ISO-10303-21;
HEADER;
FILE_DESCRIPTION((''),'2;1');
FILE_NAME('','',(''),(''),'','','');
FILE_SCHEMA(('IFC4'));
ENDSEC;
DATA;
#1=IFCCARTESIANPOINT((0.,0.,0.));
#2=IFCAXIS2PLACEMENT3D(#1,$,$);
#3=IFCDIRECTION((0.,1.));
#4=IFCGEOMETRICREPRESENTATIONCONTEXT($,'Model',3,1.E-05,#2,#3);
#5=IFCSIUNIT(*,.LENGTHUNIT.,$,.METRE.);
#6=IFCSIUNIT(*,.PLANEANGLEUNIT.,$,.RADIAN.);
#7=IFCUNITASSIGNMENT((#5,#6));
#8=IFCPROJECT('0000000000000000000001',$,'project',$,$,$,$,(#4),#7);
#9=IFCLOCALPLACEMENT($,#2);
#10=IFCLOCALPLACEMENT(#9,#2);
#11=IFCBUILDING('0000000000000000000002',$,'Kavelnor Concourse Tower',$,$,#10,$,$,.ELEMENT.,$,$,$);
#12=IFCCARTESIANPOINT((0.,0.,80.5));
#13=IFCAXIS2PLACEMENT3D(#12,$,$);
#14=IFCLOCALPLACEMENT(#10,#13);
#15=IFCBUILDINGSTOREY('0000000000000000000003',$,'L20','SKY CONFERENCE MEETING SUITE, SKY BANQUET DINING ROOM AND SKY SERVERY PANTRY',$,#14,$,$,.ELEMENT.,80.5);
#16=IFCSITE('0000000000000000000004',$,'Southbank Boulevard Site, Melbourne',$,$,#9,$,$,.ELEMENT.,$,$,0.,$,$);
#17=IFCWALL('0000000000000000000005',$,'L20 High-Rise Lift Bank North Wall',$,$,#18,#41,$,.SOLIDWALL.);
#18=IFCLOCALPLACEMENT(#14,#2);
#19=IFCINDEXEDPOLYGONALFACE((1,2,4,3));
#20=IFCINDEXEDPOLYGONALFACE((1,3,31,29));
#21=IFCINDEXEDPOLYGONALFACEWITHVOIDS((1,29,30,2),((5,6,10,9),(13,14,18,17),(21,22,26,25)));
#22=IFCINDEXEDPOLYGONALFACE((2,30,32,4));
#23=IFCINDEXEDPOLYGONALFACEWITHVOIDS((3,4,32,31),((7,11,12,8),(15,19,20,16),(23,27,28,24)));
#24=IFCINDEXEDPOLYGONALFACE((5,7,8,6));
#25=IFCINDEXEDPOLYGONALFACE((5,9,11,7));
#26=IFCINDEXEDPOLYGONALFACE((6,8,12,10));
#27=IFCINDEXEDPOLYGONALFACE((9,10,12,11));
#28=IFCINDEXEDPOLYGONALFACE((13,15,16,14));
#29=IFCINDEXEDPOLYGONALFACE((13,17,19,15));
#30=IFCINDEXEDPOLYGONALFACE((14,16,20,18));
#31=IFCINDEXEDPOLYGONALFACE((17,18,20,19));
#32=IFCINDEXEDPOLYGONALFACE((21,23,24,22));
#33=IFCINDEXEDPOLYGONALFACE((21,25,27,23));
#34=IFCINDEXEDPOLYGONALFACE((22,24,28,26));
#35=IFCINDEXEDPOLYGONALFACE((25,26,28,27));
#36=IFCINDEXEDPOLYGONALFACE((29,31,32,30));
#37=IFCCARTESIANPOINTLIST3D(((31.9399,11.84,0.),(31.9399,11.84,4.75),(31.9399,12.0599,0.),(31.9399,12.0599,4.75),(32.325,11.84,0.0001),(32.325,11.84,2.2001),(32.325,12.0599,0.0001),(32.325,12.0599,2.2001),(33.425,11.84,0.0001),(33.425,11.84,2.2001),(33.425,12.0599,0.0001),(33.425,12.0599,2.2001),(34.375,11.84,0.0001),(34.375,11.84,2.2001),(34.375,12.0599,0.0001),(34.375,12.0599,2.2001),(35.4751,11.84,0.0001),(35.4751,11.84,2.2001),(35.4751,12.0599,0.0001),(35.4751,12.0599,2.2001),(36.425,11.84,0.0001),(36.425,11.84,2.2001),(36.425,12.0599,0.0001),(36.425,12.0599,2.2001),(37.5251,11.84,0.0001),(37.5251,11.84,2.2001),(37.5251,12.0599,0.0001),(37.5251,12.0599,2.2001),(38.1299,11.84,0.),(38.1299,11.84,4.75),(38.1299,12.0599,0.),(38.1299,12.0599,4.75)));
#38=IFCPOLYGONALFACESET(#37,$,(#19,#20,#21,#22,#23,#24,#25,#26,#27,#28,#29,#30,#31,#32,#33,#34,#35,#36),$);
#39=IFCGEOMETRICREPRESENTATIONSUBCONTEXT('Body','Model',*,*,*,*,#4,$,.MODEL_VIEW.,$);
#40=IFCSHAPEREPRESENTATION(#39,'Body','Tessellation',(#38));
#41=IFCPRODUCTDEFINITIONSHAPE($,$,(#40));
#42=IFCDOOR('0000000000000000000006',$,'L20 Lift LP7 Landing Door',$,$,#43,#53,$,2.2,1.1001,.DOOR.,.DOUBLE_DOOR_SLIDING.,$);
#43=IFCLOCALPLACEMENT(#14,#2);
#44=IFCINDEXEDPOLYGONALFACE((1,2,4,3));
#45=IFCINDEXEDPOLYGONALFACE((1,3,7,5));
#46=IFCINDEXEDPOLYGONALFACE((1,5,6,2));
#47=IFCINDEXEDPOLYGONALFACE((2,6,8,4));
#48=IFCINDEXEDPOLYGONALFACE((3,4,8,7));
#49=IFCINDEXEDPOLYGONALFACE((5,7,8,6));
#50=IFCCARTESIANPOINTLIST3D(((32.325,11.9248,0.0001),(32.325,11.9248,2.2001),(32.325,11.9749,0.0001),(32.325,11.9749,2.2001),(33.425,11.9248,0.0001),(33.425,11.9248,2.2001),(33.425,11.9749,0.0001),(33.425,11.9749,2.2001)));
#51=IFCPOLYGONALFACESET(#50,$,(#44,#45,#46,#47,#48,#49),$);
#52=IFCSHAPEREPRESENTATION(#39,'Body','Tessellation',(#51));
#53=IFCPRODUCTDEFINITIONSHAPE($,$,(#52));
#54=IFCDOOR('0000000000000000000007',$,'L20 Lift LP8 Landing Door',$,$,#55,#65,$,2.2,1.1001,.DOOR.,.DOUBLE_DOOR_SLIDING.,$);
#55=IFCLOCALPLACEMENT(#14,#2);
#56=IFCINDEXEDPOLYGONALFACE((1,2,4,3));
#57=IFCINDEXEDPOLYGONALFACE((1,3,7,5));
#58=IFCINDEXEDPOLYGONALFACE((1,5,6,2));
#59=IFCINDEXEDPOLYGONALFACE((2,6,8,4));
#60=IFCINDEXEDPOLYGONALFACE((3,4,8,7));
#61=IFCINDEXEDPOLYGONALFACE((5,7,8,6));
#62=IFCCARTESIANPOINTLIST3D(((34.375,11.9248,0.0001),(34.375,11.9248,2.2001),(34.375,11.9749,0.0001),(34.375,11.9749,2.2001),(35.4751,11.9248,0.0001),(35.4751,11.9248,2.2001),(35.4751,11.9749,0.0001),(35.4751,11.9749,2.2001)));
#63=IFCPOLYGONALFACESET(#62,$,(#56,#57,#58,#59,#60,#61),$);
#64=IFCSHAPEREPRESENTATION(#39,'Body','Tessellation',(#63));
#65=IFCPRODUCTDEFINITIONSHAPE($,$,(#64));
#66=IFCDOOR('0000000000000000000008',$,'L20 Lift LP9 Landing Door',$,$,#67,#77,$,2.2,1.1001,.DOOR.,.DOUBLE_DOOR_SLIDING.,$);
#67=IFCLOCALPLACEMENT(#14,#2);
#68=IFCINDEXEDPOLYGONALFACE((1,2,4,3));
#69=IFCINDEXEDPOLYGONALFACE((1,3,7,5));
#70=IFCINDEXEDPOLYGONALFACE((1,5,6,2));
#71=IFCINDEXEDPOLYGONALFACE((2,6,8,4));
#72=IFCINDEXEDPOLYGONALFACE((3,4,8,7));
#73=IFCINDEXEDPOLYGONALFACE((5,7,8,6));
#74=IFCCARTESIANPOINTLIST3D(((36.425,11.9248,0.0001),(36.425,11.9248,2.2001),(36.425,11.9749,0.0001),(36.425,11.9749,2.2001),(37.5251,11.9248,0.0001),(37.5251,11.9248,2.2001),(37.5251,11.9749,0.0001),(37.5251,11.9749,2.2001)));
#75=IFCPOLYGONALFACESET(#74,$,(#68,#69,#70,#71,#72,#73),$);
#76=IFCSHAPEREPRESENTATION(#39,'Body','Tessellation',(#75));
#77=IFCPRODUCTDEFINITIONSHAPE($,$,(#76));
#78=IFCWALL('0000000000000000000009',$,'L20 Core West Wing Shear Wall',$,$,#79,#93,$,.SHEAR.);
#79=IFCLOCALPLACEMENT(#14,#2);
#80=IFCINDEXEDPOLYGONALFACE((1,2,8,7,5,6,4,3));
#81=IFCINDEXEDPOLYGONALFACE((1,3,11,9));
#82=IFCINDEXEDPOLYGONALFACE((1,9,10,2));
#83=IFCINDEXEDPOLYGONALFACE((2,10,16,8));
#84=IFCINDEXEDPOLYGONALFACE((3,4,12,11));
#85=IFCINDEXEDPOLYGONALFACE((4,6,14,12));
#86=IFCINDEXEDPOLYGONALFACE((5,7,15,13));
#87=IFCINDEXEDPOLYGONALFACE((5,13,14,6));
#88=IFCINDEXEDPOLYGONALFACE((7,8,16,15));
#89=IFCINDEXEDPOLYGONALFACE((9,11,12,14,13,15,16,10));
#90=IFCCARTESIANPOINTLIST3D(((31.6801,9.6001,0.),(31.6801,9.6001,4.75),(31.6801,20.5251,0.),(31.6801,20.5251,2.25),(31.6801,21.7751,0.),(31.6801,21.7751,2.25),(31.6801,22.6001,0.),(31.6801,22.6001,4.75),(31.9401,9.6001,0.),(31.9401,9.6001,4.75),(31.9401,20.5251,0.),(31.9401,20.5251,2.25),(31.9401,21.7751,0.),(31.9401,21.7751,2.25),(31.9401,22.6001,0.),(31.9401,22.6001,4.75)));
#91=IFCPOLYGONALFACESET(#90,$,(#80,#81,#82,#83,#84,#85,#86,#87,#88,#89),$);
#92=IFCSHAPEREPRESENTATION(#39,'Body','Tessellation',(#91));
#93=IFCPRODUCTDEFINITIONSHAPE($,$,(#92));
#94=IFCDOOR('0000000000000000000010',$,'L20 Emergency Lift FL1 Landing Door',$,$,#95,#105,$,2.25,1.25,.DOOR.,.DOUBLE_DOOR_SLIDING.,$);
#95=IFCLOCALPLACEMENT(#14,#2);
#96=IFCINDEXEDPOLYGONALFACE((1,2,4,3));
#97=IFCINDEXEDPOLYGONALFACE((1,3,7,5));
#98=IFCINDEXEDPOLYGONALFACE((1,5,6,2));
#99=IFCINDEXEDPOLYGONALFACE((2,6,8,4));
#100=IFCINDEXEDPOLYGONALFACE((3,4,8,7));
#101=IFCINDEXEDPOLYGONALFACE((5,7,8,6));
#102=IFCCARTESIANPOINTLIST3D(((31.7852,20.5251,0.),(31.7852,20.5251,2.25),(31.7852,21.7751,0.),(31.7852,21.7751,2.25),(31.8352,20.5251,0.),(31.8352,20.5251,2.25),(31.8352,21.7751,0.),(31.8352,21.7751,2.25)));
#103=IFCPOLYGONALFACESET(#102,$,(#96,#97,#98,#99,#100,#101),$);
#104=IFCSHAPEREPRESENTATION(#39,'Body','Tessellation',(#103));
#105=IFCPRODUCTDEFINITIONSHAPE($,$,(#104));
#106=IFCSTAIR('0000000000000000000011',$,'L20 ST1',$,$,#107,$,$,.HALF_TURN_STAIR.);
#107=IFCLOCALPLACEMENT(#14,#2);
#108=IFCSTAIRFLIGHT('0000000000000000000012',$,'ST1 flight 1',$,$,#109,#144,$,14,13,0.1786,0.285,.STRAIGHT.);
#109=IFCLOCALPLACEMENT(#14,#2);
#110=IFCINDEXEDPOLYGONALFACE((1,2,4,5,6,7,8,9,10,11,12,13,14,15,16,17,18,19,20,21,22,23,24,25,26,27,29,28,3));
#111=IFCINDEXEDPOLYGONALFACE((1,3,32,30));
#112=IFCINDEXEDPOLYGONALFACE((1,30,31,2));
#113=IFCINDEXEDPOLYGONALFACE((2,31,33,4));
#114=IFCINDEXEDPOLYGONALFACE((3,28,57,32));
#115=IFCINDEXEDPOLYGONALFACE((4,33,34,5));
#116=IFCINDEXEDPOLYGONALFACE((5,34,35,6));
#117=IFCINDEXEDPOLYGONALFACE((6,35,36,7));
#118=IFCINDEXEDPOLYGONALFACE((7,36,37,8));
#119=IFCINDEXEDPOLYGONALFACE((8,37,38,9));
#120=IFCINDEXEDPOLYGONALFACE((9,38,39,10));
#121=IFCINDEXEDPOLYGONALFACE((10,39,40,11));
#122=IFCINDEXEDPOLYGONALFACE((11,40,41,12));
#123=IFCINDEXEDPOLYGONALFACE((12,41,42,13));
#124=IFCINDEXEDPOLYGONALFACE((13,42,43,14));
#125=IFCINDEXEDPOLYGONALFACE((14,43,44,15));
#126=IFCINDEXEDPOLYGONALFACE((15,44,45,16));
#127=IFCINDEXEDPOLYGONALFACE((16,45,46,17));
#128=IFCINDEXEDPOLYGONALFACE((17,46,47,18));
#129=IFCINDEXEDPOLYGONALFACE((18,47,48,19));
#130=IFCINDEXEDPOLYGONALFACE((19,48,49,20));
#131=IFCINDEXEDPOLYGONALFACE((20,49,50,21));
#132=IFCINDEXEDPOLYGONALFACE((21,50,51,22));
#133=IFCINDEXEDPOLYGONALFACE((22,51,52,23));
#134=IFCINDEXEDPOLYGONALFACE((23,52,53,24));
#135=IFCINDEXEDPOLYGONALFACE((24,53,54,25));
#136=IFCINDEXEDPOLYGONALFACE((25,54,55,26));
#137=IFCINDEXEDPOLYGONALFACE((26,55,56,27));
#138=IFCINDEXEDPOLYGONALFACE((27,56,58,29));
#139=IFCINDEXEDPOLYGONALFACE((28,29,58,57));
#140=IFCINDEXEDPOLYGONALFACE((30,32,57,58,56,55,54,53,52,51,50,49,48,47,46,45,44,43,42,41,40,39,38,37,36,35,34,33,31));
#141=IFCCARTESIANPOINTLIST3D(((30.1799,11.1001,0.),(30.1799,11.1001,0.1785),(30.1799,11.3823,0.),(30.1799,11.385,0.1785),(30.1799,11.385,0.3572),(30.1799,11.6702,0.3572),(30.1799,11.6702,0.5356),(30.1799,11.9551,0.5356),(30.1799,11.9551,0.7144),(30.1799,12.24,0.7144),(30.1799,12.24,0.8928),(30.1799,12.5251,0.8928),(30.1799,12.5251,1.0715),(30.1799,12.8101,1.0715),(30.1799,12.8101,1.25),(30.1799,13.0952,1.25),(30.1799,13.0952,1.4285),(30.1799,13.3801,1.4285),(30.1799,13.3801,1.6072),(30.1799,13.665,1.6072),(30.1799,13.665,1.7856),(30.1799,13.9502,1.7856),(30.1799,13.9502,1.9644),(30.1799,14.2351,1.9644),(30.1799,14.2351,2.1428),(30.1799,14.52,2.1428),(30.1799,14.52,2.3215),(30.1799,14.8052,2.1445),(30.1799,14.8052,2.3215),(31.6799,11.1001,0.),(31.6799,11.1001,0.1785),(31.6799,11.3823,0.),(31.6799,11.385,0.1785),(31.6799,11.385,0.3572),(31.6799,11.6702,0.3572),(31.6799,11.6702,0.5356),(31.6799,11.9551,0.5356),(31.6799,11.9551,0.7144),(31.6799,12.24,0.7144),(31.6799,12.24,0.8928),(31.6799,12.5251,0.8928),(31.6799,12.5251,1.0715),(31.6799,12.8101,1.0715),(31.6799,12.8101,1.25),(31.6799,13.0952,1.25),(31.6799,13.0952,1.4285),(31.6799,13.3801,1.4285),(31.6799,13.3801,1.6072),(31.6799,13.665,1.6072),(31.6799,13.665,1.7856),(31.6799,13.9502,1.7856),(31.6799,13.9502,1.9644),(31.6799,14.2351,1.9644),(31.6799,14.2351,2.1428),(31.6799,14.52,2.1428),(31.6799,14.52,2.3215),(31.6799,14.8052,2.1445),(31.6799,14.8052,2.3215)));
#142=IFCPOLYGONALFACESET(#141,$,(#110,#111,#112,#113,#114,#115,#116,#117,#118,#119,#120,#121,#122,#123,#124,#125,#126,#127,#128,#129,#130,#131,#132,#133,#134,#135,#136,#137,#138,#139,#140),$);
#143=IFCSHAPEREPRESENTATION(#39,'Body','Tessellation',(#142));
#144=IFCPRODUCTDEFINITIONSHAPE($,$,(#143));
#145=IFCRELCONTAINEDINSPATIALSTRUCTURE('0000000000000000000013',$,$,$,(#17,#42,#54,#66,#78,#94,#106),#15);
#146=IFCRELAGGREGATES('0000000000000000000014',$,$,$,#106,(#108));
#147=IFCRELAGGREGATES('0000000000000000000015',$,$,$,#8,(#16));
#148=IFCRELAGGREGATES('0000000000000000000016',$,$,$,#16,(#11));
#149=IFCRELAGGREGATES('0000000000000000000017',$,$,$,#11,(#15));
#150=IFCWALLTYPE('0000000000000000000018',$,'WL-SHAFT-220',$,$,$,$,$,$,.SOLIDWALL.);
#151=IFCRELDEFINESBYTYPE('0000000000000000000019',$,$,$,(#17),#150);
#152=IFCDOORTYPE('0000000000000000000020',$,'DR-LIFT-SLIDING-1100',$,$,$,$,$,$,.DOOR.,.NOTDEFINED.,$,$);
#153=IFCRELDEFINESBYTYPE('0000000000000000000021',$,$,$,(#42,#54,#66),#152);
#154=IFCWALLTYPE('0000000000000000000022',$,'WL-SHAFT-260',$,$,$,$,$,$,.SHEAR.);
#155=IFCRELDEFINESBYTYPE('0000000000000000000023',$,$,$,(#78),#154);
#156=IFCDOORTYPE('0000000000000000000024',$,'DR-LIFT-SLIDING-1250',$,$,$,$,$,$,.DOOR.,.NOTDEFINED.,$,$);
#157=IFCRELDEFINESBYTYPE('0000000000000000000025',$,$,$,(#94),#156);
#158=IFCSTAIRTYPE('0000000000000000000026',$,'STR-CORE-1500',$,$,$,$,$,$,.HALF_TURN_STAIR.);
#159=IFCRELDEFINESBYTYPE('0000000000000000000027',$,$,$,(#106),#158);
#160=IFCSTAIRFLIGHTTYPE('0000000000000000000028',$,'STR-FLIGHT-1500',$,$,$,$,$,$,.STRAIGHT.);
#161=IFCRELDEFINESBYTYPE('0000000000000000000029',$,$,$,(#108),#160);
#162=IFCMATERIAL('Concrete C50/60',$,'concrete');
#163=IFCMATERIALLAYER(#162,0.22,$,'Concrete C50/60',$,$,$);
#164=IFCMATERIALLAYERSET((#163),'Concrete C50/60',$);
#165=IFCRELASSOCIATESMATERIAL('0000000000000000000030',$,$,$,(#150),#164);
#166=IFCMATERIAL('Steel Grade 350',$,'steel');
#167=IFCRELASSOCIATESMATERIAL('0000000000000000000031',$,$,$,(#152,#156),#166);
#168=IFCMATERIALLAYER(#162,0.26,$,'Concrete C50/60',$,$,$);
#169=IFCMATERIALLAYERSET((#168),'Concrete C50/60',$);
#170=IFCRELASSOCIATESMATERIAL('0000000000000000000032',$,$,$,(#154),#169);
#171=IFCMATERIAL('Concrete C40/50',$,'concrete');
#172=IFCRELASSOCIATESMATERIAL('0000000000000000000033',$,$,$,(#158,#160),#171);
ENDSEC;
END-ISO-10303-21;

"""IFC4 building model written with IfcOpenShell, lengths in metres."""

from ifc_helpers import new_model, si_unit, direction, frame, frame_2d, origin, place, context, subcontext, project, spatial, polyline, rectangle, outline, extrude, material, layer, layer_set, type_object, element, fill, aggregate, save


model = new_model("IFC4")

# Units and contexts
model_context = context("Model", 3, precision=1e-05, world=origin(), true_north=direction((0.0, 1.0)))
body_context = subcontext(model_context, "Body", "Model", "MODEL_VIEW")
ifc_project = project(units=[si_unit("LENGTHUNIT", "METRE"), si_unit("PLANEANGLEUNIT", "RADIAN")], contexts=[model_context])

# Site, building, storey
site_placement = place(None, origin())
site = spatial("IfcSite", under=ifc_project, at=site_placement, Name="Southbank Boulevard Site, Melbourne", CompositionType="ELEMENT", RefElevation=0.0)
building_placement = place(site_placement, origin())
building = spatial("IfcBuilding", under=site, at=building_placement, Name="Kavelnor Concourse Tower", CompositionType="ELEMENT")
storey_placement = place(building_placement, frame((0.0, 0.0, 80.5)))
storey = spatial("IfcBuildingStorey", under=building, at=storey_placement, Name="L20", Description="SKY CONFERENCE MEETING SUITE, SKY BANQUET DINING ROOM AND SKY SERVERY PANTRY", CompositionType="ELEMENT", Elevation=80.5)

# Shared definitions
ifc_material_1 = material(Name="Steel Grade 350", Category="steel")

# Wall, openings, doors
ifc_material_2 = material(Name="Concrete C50/60", Category="concrete")
ifc_layer_1 = layer(ifc_material_2, 0.22, Name="Concrete C50/60")
ifc_layer_set_1 = layer_set([ifc_layer_1], Name="Concrete C50/60")
wall_type_1 = type_object("IfcWallType", Name="WL-SHAFT-220", PredefinedType="SOLIDWALL", material=ifc_layer_set_1)
door_type_1 = type_object("IfcDoorType", Name="DR-LIFT-SLIDING-1100", OperationType="NOTDEFINED", PredefinedType="DOOR", material=ifc_material_1)
wall_1_placement = place(storey_placement, frame((31.9399, 11.95, 0.0), z_axis=(0.0, 0.0, 1.0), x_axis=(1.0, 0.0, 0.0)))
wall_1 = element("IfcWall", 1, at=wall_1_placement, inside=storey, type_object=wall_type_1, Name="L20 High-Rise Lift Bank North Wall", PredefinedType="SOLIDWALL", context=body_context, shape_type="SweptSolid", body=[
    extrude(rectangle(XDim=6.1899, YDim=0.22, at=frame_2d((3.095, 0.0))), origin(), (0.0, 0.0, 1.0), 4.75),
])
opening_1_placement = place(wall_1_placement, frame((0.385, 0.0, 0.0)))
opening_1 = element("IfcOpeningElement", 2, at=opening_1_placement, cuts=wall_1, PredefinedType="OPENING", context=body_context, shape_type="SweptSolid", body=[
    extrude(rectangle(XDim=1.1001, YDim=2.2, at=frame_2d((0.55, 1.1001))), frame((0.0, 0.1201, 0.0), z_axis=(0.0, -1.0, 0.0), x_axis=(1.0, 0.0, 0.0)), (0.0, 0.0, 1.0), 0.24),
])
opening_2_placement = place(wall_1_placement, frame((2.4351, 0.0, 0.0)))
opening_2 = element("IfcOpeningElement", 3, at=opening_2_placement, cuts=wall_1, PredefinedType="OPENING", context=body_context, shape_type="SweptSolid", body=[
    extrude(rectangle(XDim=1.1001, YDim=2.2, at=frame_2d((0.55, 1.1001))), frame((0.0, 0.1201, 0.0), z_axis=(0.0, -1.0, 0.0), x_axis=(1.0, 0.0, 0.0)), (0.0, 0.0, 1.0), 0.24),
])
opening_3_placement = place(wall_1_placement, frame((4.4851, 0.0, 0.0)))
opening_3 = element("IfcOpeningElement", 4, at=opening_3_placement, cuts=wall_1, PredefinedType="OPENING", context=body_context, shape_type="SweptSolid", body=[
    extrude(rectangle(XDim=1.1001, YDim=2.2, at=frame_2d((0.55, 1.1001))), frame((0.0, 0.1201, 0.0), z_axis=(0.0, -1.0, 0.0), x_axis=(1.0, 0.0, 0.0)), (0.0, 0.0, 1.0), 0.24),
])
door_1_placement = place(opening_1_placement, origin())
door_1 = element("IfcDoor", 5, at=door_1_placement, inside=storey, type_object=door_type_1, Name="L20 Lift LP7 Landing Door", OperationType="DOUBLE_DOOR_SLIDING", OverallHeight=2.2, OverallWidth=1.1001, PredefinedType="DOOR", context=body_context, shape_type="SweptSolid", body=[
    extrude(rectangle(XDim=1.1001, YDim=2.2, at=frame_2d((0.55, 1.1001))), frame((0.0, 0.0249, 0.0), z_axis=(0.0, -1.0, 0.0), x_axis=(1.0, 0.0, 0.0)), (0.0, 0.0, 1.0), 0.05),
])
fill(opening_1, door_1)
door_2_placement = place(opening_2_placement, origin())
door_2 = element("IfcDoor", 6, at=door_2_placement, inside=storey, type_object=door_type_1, Name="L20 Lift LP8 Landing Door", OperationType="DOUBLE_DOOR_SLIDING", OverallHeight=2.2, OverallWidth=1.1001, PredefinedType="DOOR", context=body_context, shape_type="SweptSolid", body=[
    extrude(rectangle(XDim=1.1001, YDim=2.2, at=frame_2d((0.55, 1.1001))), frame((0.0, 0.0249, 0.0), z_axis=(0.0, -1.0, 0.0), x_axis=(1.0, 0.0, 0.0)), (0.0, 0.0, 1.0), 0.05),
])
fill(opening_2, door_2)
door_3_placement = place(opening_3_placement, origin())
door_3 = element("IfcDoor", 7, at=door_3_placement, inside=storey, type_object=door_type_1, Name="L20 Lift LP9 Landing Door", OperationType="DOUBLE_DOOR_SLIDING", OverallHeight=2.2, OverallWidth=1.1001, PredefinedType="DOOR", context=body_context, shape_type="SweptSolid", body=[
    extrude(rectangle(XDim=1.1001, YDim=2.2, at=frame_2d((0.55, 1.1001))), frame((0.0, 0.0249, 0.0), z_axis=(0.0, -1.0, 0.0), x_axis=(1.0, 0.0, 0.0)), (0.0, 0.0, 1.0), 0.05),
])
fill(opening_3, door_3)

# Wall, opening, door
ifc_layer_2 = layer(ifc_material_2, 0.26, Name="Concrete C50/60")
ifc_layer_set_2 = layer_set([ifc_layer_2], Name="Concrete C50/60")
wall_type_2 = type_object("IfcWallType", Name="WL-SHAFT-260", PredefinedType="SHEAR", material=ifc_layer_set_2)
wall_2_placement = place(storey_placement, frame((31.8101, 9.6001, 0.0), z_axis=(0.0, 0.0, 1.0), x_axis=(0.0, 1.0, 0.0)))
wall_2 = element("IfcWall", 8, at=wall_2_placement, inside=storey, type_object=wall_type_2, Name="L20 Core West Wing Shear Wall", PredefinedType="SHEAR", context=body_context, shape_type="SweptSolid", body=[
    extrude(rectangle(XDim=13.0, YDim=0.26, at=frame_2d((6.5, 0.0))), origin(), (0.0, 0.0, 1.0), 4.75),
])
opening_4_placement = place(wall_2_placement, frame((10.925, 0.0, 0.0)))
opening_4 = element("IfcOpeningElement", 9, at=opening_4_placement, cuts=wall_2, PredefinedType="OPENING", context=body_context, shape_type="SweptSolid", body=[
    extrude(rectangle(XDim=1.25, YDim=2.25, at=frame_2d((0.625, 1.125))), frame((0.0, 0.1401, 0.0), z_axis=(0.0, -1.0, 0.0), x_axis=(1.0, 0.0, 0.0)), (0.0, 0.0, 1.0), 0.28),
])
door_type_2 = type_object("IfcDoorType", Name="DR-LIFT-SLIDING-1250", OperationType="NOTDEFINED", PredefinedType="DOOR", material=ifc_material_1)
door_4_placement = place(opening_4_placement, origin())
door_4 = element("IfcDoor", 10, at=door_4_placement, inside=storey, type_object=door_type_2, Name="L20 Emergency Lift FL1 Landing Door", OperationType="DOUBLE_DOOR_SLIDING", OverallHeight=2.25, OverallWidth=1.25, PredefinedType="DOOR", context=body_context, shape_type="SweptSolid", body=[
    extrude(rectangle(XDim=1.25, YDim=2.25, at=frame_2d((0.625, 1.125))), frame((0.0, 0.0249, 0.0), z_axis=(0.0, -1.0, 0.0), x_axis=(1.0, 0.0, 0.0)), (0.0, 0.0, 1.0), 0.05),
])
fill(opening_4, door_4)

# Stair, stair flight
ifc_material_3 = material(Name="Concrete C40/50", Category="concrete")
stair_type = type_object("IfcStairType", Name="STR-CORE-1500", PredefinedType="HALF_TURN_STAIR", material=ifc_material_3)
stair_placement = place(storey_placement, origin())
stair = element("IfcStair", 11, at=stair_placement, inside=storey, type_object=stair_type, Name="L20 ST1", PredefinedType="HALF_TURN_STAIR")
stair_flight_type = type_object("IfcStairFlightType", Name="STR-FLIGHT-1500", PredefinedType="STRAIGHT", material=ifc_material_3)
stair_flight_placement = place(storey_placement, frame((30.9299, 11.1001, 0.0), z_axis=(0.0, 0.0, 1.0), x_axis=(0.0, 1.0, 0.0)))
stair_flight = element("IfcStairFlight", 12, at=stair_flight_placement, type_object=stair_flight_type, Name="ST1 flight 1", NumberOfRisers=14, NumberOfTreads=13, PredefinedType="STRAIGHT", RiserHeight=0.1786, TreadLength=0.285, context=body_context, shape_type="SweptSolid", body=[
    extrude(outline(polyline([(0.0, 0.0), (0.0, 0.1785), (0.2849, 0.1785), (0.2849, 0.3572), (0.5701, 0.3572), (0.5701, 0.5356), (0.855, 0.5356), (0.855, 0.7144), (1.1399, 0.7144), (1.1399, 0.8928), (1.425, 0.8928), (1.425, 1.0715), (1.71, 1.0715), (1.71, 1.25), (1.9951, 1.25), (1.9951, 1.4285), (2.28, 1.4285), (2.28, 1.6072), (2.5649, 1.6072), (2.5649, 1.7856), (2.8501, 1.7856), (2.8501, 1.9644), (3.135, 1.9644), (3.135, 2.1428), (3.4199, 2.1428), (3.4199, 2.3215), (3.7051, 2.3215), (3.7051, 2.5), (3.7051, 2.1445), (0.2822, 0.0), (0.0, 0.0)])), frame((0.0, 0.75, 0.0), z_axis=(0.0, -1.0, 0.0), x_axis=(1.0, 0.0, 0.0)), (0.0, 0.0, 1.0), 1.5),
])
aggregate(stair, [stair_flight])

save(model, "model.ifc")
